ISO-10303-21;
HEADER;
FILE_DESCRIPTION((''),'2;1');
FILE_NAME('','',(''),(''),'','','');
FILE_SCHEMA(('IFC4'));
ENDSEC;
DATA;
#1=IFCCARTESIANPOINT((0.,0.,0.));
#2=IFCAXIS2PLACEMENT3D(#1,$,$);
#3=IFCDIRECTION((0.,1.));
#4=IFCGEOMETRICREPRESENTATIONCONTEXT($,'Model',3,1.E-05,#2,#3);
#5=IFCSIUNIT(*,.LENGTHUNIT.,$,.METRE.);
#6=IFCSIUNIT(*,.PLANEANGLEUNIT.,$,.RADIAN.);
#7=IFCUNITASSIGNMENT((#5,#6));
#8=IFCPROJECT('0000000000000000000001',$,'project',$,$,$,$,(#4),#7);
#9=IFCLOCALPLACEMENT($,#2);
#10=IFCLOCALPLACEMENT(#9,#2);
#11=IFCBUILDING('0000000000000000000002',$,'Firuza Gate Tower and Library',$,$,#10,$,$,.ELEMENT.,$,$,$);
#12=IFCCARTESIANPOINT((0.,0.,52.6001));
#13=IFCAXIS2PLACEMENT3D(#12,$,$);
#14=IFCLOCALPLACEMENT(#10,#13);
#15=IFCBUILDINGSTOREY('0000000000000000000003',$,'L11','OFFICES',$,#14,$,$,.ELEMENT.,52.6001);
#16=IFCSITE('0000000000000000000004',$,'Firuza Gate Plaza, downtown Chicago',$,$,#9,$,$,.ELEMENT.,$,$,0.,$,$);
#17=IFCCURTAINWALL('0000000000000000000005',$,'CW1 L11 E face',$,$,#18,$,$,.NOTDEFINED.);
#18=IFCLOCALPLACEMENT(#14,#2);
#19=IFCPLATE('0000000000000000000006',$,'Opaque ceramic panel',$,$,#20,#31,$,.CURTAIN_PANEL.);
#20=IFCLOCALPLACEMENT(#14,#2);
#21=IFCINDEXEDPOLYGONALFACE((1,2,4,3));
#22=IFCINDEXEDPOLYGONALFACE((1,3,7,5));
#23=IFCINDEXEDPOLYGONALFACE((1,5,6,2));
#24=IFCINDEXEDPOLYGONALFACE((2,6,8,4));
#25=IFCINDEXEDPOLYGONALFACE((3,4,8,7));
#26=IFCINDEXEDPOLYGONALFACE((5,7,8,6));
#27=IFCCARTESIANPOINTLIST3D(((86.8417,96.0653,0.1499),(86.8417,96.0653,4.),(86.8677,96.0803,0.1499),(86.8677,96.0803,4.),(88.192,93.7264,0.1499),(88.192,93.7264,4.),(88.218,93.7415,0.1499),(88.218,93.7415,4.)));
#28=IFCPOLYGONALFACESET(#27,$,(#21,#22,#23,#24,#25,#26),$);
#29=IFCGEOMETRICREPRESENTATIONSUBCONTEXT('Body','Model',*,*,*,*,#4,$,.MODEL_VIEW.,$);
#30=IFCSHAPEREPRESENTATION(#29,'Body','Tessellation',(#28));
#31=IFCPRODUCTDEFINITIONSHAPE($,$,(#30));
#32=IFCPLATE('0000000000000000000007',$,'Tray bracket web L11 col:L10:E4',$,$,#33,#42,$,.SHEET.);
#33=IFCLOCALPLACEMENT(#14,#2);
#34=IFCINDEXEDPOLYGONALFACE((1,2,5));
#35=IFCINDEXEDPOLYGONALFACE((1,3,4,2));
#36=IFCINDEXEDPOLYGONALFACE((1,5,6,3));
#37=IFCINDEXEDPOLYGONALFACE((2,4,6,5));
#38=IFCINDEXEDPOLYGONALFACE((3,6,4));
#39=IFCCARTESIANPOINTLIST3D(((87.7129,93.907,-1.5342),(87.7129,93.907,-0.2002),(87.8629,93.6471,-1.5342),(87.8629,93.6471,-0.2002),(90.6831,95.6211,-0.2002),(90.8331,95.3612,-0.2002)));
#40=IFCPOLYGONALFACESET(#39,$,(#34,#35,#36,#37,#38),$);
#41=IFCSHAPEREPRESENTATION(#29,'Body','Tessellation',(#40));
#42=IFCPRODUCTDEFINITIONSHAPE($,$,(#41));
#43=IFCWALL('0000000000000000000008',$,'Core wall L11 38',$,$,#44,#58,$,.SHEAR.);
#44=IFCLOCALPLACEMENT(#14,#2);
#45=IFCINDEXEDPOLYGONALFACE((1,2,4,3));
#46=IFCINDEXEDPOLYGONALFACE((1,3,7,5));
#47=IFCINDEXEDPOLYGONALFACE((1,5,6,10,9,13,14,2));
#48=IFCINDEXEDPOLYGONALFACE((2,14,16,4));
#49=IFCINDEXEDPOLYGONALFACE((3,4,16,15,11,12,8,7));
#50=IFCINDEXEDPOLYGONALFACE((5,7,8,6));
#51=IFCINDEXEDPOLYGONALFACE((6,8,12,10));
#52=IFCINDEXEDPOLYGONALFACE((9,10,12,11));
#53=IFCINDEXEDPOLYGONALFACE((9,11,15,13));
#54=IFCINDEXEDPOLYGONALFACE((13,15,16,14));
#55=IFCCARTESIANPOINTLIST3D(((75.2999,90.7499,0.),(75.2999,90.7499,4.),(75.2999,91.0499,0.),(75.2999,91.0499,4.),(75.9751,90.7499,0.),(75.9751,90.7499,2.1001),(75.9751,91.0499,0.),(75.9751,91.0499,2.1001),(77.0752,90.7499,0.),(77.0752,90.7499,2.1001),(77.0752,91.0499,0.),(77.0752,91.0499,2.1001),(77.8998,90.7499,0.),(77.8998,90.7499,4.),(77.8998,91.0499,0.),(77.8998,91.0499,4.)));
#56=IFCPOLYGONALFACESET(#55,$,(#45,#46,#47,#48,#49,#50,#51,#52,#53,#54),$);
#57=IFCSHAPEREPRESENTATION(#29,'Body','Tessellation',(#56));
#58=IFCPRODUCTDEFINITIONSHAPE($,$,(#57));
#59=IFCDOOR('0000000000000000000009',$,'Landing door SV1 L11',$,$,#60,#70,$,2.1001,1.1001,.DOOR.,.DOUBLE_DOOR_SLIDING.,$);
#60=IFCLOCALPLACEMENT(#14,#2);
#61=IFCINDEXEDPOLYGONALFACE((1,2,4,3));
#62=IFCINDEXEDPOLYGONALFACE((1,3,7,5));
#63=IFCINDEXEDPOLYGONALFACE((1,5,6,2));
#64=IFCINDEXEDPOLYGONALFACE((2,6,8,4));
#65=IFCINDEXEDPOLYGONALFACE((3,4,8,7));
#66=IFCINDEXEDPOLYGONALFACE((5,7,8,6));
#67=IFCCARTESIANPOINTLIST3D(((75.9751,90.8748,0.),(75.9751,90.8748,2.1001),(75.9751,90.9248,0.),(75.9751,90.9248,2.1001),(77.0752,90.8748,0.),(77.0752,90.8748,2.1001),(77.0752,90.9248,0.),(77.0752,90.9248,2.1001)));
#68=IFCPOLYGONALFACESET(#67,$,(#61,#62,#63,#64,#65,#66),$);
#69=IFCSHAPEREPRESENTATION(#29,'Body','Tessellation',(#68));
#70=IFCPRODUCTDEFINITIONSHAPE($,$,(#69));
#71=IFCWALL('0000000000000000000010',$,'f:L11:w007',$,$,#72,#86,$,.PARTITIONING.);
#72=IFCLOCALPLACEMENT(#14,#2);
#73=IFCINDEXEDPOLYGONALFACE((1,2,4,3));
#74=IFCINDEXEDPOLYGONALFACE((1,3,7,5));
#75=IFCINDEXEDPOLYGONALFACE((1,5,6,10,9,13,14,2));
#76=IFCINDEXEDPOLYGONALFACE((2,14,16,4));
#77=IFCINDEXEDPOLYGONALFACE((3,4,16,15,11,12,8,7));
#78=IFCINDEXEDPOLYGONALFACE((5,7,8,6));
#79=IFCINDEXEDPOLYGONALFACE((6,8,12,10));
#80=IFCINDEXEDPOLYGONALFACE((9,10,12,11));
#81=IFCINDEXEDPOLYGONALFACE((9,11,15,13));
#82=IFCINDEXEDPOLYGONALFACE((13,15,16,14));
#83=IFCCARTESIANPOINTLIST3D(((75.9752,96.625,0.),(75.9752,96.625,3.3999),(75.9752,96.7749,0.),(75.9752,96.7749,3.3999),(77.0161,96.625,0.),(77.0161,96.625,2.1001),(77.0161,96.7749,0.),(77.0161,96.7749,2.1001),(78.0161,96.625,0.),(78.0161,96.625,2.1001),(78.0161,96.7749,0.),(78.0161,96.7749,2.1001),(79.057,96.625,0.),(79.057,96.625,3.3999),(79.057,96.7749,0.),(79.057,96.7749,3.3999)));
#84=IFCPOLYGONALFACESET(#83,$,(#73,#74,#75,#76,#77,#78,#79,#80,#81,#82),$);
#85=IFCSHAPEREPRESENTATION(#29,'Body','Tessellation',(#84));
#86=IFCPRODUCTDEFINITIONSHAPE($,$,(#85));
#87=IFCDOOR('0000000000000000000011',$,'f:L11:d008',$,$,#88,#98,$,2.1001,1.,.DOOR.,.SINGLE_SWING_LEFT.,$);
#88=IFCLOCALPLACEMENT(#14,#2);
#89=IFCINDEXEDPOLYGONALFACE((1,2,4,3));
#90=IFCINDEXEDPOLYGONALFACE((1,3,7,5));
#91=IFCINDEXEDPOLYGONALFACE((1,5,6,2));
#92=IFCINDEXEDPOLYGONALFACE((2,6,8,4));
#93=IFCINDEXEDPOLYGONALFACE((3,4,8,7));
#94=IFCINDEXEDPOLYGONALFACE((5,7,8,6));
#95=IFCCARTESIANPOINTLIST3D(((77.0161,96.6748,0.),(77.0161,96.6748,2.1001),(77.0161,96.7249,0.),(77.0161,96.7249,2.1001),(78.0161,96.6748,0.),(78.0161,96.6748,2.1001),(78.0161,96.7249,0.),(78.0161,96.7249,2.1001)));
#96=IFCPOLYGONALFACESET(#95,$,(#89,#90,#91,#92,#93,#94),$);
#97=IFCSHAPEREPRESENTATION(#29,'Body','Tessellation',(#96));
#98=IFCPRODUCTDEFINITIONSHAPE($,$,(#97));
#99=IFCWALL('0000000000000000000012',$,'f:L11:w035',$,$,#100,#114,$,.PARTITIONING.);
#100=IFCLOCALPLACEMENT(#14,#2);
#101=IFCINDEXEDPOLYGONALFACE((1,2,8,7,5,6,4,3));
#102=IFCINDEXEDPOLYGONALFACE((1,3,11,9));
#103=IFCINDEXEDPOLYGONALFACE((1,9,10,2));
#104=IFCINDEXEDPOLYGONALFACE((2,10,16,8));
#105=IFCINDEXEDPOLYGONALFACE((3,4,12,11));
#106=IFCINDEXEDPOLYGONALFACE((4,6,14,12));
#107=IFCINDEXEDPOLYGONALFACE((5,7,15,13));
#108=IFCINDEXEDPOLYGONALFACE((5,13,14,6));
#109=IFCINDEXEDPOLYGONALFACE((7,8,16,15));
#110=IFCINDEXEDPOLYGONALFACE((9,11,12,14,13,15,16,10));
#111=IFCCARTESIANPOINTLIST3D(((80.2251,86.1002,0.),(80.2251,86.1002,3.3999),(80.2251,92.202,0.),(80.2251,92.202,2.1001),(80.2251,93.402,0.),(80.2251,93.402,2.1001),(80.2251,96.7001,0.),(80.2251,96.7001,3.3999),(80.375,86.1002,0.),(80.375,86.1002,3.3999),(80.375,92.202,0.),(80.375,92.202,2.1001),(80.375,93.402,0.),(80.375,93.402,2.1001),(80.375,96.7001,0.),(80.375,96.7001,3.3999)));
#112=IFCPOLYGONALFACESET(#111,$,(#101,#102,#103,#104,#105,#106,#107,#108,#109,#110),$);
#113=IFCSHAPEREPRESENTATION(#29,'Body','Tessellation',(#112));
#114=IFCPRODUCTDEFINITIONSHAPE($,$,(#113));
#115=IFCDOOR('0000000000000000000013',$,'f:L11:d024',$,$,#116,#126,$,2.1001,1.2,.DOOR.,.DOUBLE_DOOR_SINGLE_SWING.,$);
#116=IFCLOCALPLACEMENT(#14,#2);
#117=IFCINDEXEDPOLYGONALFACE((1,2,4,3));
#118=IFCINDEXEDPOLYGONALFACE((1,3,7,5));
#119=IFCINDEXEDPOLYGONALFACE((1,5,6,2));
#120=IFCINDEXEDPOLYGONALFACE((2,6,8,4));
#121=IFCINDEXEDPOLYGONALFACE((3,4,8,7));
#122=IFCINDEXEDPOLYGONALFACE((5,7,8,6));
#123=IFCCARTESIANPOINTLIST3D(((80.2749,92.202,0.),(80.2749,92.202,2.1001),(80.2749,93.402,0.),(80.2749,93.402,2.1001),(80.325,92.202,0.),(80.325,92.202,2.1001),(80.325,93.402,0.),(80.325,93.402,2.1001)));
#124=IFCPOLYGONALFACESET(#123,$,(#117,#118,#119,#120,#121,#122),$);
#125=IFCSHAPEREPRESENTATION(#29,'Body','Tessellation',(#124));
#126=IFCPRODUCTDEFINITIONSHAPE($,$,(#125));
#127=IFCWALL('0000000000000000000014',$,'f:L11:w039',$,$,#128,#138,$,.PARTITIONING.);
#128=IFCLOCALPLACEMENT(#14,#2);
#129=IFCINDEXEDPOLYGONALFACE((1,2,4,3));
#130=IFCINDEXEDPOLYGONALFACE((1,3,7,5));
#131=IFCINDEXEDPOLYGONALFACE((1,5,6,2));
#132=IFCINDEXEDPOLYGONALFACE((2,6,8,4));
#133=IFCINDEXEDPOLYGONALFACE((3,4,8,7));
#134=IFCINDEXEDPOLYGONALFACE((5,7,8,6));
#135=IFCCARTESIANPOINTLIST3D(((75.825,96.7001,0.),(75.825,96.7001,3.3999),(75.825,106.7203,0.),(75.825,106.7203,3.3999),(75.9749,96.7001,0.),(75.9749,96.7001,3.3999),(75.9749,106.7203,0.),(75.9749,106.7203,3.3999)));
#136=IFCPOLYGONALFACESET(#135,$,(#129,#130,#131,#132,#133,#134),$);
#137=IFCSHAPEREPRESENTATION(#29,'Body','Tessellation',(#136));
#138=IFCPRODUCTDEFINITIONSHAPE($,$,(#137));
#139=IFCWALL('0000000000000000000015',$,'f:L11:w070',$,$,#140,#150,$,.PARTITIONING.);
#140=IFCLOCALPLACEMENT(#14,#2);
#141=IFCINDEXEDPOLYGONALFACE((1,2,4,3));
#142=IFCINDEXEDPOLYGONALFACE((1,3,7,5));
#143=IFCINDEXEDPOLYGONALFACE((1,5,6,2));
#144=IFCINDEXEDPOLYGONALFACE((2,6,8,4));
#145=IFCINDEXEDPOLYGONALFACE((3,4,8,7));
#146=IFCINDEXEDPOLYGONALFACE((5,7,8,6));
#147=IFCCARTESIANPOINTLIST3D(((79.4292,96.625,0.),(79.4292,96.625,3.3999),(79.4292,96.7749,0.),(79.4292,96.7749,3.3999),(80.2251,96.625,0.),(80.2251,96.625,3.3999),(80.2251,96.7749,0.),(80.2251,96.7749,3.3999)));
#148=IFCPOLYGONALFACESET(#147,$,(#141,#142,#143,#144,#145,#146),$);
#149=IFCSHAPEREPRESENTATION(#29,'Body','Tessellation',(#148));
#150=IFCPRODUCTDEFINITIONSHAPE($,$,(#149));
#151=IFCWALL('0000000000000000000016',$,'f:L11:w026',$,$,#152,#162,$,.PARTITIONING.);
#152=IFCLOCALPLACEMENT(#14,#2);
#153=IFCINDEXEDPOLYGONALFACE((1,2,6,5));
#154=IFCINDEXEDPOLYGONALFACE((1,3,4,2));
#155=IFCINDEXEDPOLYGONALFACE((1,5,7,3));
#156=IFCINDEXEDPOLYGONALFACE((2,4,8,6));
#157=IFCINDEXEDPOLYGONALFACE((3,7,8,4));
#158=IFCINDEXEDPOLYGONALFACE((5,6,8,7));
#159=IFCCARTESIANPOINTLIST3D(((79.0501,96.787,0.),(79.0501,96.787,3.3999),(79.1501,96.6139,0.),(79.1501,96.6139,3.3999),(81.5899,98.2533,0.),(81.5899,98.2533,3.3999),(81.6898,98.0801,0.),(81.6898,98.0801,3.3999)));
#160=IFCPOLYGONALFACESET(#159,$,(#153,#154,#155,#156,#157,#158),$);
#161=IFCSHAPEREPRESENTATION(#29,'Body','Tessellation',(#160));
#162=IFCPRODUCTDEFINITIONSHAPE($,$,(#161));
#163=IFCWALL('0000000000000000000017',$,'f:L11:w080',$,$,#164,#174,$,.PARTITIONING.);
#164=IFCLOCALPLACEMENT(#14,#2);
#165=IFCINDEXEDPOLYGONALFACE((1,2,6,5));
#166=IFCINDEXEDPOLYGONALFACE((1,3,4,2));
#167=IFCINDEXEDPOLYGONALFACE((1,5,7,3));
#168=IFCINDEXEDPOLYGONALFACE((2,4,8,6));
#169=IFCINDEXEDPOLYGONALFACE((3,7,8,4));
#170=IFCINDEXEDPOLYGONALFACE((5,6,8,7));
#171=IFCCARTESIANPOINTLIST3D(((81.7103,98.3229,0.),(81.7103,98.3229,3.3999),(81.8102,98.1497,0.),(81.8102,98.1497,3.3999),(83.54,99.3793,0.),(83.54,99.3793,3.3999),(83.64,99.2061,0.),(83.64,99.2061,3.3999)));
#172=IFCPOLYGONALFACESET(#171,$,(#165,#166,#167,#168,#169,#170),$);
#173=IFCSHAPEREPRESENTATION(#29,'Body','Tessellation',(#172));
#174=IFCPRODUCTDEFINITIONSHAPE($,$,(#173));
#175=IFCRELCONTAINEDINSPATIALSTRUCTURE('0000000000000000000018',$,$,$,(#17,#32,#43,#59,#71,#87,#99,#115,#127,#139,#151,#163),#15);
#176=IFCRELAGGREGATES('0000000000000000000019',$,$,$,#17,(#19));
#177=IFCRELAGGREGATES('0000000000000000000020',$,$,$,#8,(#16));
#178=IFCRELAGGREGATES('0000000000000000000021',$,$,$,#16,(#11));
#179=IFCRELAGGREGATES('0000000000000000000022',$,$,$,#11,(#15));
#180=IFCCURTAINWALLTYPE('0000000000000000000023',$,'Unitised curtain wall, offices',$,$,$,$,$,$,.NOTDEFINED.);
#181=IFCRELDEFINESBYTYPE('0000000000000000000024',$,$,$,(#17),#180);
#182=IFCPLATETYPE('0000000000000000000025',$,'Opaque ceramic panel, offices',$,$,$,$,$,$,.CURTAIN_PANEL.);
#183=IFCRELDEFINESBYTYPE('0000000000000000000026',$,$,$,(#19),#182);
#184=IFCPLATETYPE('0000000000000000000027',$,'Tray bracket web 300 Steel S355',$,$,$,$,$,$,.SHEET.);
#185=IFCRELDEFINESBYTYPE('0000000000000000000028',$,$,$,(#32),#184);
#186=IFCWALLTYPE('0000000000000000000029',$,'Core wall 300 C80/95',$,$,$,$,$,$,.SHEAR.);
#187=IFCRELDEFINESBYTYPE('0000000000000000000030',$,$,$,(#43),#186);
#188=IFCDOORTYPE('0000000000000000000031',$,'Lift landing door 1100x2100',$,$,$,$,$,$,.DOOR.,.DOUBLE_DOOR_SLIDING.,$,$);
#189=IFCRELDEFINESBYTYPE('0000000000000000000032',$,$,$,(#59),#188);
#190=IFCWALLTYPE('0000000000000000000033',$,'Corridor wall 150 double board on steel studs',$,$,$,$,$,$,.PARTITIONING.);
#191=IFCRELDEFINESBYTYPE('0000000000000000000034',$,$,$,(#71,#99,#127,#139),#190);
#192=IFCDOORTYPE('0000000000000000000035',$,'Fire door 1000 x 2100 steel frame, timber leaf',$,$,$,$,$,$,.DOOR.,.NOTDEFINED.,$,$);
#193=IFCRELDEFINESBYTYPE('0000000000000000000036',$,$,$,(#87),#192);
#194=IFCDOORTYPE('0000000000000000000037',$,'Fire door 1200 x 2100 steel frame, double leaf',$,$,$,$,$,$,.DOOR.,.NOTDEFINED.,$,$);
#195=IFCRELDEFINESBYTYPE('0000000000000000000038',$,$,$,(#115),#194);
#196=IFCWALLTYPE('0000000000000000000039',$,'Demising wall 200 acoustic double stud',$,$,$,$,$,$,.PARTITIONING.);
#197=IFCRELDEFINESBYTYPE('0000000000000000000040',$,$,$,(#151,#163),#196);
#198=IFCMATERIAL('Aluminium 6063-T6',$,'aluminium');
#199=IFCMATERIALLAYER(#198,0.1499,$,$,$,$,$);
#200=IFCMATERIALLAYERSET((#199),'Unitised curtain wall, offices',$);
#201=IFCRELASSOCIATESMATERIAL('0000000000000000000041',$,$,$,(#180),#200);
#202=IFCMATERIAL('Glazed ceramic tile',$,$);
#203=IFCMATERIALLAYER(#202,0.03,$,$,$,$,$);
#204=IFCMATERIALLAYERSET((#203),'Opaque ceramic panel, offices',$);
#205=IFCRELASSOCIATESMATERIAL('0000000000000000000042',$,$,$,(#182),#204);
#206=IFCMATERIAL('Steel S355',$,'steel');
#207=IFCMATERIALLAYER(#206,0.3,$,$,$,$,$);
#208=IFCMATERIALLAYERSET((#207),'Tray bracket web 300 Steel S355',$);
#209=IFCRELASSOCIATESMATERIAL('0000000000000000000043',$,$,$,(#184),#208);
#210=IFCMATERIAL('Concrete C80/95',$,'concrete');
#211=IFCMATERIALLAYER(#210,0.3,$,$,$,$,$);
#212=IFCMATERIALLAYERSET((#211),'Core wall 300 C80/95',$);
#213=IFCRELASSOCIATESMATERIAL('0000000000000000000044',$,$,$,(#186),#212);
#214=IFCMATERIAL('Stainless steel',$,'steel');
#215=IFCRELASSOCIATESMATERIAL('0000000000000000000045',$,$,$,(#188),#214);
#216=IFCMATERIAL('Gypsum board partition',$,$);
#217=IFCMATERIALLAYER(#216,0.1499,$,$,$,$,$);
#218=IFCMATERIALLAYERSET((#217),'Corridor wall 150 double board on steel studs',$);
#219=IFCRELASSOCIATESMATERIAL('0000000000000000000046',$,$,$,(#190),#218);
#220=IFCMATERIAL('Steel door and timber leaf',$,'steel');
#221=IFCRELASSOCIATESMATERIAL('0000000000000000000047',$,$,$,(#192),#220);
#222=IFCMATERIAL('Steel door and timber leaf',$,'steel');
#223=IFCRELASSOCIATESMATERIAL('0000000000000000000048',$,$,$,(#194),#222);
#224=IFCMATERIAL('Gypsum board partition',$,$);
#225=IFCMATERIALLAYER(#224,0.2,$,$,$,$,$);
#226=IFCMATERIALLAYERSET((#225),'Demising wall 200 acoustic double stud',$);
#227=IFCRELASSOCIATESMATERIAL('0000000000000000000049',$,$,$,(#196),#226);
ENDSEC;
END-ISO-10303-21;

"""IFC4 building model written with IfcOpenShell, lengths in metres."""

from ifc_helpers import new_model, si_unit, direction, frame, frame_2d, origin, place, context, subcontext, project, spatial, polyline, rectangle, outline, extrude, material, layer, layer_set, type_object, element, fill, aggregate, save


model = new_model("IFC4")

# Units and contexts
model_context = context("Model", 3, precision=1e-05, world=origin(), true_north=direction((0.0, 1.0)))
body_context = subcontext(model_context, "Body", "Model", "MODEL_VIEW")
ifc_project = project(units=[si_unit("LENGTHUNIT", "METRE"), si_unit("PLANEANGLEUNIT", "RADIAN")], contexts=[model_context])

# Site, building, storey
site_placement = place(None, origin())
site = spatial("IfcSite", under=ifc_project, at=site_placement, Name="Firuza Gate Plaza, downtown Chicago", CompositionType="ELEMENT", RefElevation=0.0)
building_placement = place(site_placement, origin())
building = spatial("IfcBuilding", under=site, at=building_placement, Name="Firuza Gate Tower and Library", CompositionType="ELEMENT")
storey_placement = place(building_placement, frame((0.0, 0.0, 52.6001)))
storey = spatial("IfcBuildingStorey", under=building, at=storey_placement, Name="L11", Description="OFFICES", CompositionType="ELEMENT", Elevation=52.6001)

# Curtain wall
ifc_material_1 = material(Name="Aluminium 6063-T6", Category="aluminium")
ifc_layer_1 = layer(ifc_material_1, 0.1499)
ifc_layer_set_1 = layer_set([ifc_layer_1], Name="Unitised curtain wall, offices")
curtain_wall_type = type_object("IfcCurtainWallType", Name="Unitised curtain wall, offices", PredefinedType="NOTDEFINED", material=ifc_layer_set_1)
curtain_wall_placement = place(storey_placement, origin())
curtain_wall = element("IfcCurtainWall", 1, at=curtain_wall_placement, inside=storey, type_object=curtain_wall_type, Name="CW1 L11 E face", PredefinedType="NOTDEFINED")

# Plates
ifc_material_2 = material(Name="Glazed ceramic tile")
ifc_layer_2 = layer(ifc_material_2, 0.03)
ifc_layer_set_2 = layer_set([ifc_layer_2], Name="Opaque ceramic panel, offices")
plate_type_1 = type_object("IfcPlateType", Name="Opaque ceramic panel, offices", PredefinedType="CURTAIN_PANEL", material=ifc_layer_set_2)
plate_1_placement = place(storey_placement, frame((88.218, 93.7415, 0.1499), z_axis=(0.866026, 0.499999, 0.0), x_axis=(-0.499999, 0.866026, 0.0)))
plate_1 = element("IfcPlate", 2, at=plate_1_placement, type_object=plate_type_1, Name="Opaque ceramic panel", PredefinedType="CURTAIN_PANEL", context=body_context, shape_type="SweptSolid", body=[
    extrude(outline(polyline([(0.0, 0.0), (2.7007, 0.0), (2.7007, 3.8501), (0.0, 3.8501), (0.0, 0.0)])), origin(), (0.0, 0.0, -1.0), 0.03),
])
aggregate(curtain_wall, [plate_1])
ifc_material_3 = material(Name="Steel S355", Category="steel")
ifc_layer_3 = layer(ifc_material_3, 0.3)
ifc_layer_set_3 = layer_set([ifc_layer_3], Name="Tray bracket web 300 Steel S355")
plate_type_2 = type_object("IfcPlateType", Name="Tray bracket web 300 Steel S355", PredefinedType="SHEET", material=ifc_layer_set_3)
plate_2_placement = place(storey_placement, frame((87.7129, 93.907, -0.2002), z_axis=(-0.499837, 0.866119, 0.0), x_axis=(0.866119, 0.499837, 0.0)))
element("IfcPlate", 3, at=plate_2_placement, inside=storey, type_object=plate_type_2, Name="Tray bracket web L11 col:L10:E4", PredefinedType="SHEET", context=body_context, shape_type="SweptSolid", body=[
    extrude(outline(polyline([(0.0, 0.0), (3.4293, 0.0), (0.0, 1.334), (0.0, 0.0)])), origin(), (0.0, 0.0, -1.0), 0.3),
])

# Walls, openings, doors
ifc_material_4 = material(Name="Concrete C80/95", Category="concrete")
ifc_layer_4 = layer(ifc_material_4, 0.3)
ifc_layer_set_4 = layer_set([ifc_layer_4], Name="Core wall 300 C80/95")
wall_type_1 = type_object("IfcWallType", Name="Core wall 300 C80/95", PredefinedType="SHEAR", material=ifc_layer_set_4)
wall_1_placement = place(storey_placement, frame((75.3, 90.8999, 0.0), z_axis=(0.0, 0.0, 1.0), x_axis=(1.0, 0.0, 0.0)))
wall_1 = element("IfcWall", 4, at=wall_1_placement, inside=storey, type_object=wall_type_1, Name="Core wall L11 38", PredefinedType="SHEAR", context=body_context, shape_type="SweptSolid", body=[
    extrude(rectangle(XDim=2.5999, YDim=0.3, at=frame_2d((1.2998, 0.0))), origin(), (0.0, 0.0, 1.0), 4.0),
])
opening_1_placement = place(wall_1_placement, frame((0.675, 0.0, 0.0)))
opening_1 = element("IfcOpeningElement", 5, at=opening_1_placement, cuts=wall_1, PredefinedType="OPENING", context=body_context, shape_type="SweptSolid", body=[
    extrude(rectangle(XDim=1.1001, YDim=2.1001, at=frame_2d((0.55, 1.05))), frame((0.0, 0.1602, 0.0), z_axis=(0.0, -1.0, 0.0), x_axis=(1.0, 0.0, 0.0)), (0.0, 0.0, 1.0), 0.3201),
])
ifc_material_5 = material(Name="Stainless steel", Category="steel")
door_type_1 = type_object("IfcDoorType", Name="Lift landing door 1100x2100", OperationType="DOUBLE_DOOR_SLIDING", PredefinedType="DOOR", material=ifc_material_5)
door_1_placement = place(opening_1_placement, origin())
door_1 = element("IfcDoor", 6, at=door_1_placement, inside=storey, type_object=door_type_1, Name="Landing door SV1 L11", OperationType="DOUBLE_DOOR_SLIDING", OverallHeight=2.1001, OverallWidth=1.1001, PredefinedType="DOOR", context=body_context, shape_type="SweptSolid", body=[
    extrude(rectangle(XDim=1.1001, YDim=2.1001, at=frame_2d((0.55, 1.05))), frame((0.0, 0.0249, 0.0), z_axis=(0.0, -1.0, 0.0), x_axis=(1.0, 0.0, 0.0)), (0.0, 0.0, 1.0), 0.05),
])
fill(opening_1, door_1)
ifc_material_6 = material(Name="Gypsum board partition")
ifc_layer_5 = layer(ifc_material_6, 0.1499)
ifc_layer_set_5 = layer_set([ifc_layer_5], Name="Corridor wall 150 double board on steel studs")
wall_type_2 = type_object("IfcWallType", Name="Corridor wall 150 double board on steel studs", PredefinedType="PARTITIONING", material=ifc_layer_set_5)
wall_2_placement = place(storey_placement, frame((75.9751, 96.7, 0.0), z_axis=(0.0, 0.0, 1.0), x_axis=(1.0, 0.0, 0.0)))
wall_2 = element("IfcWall", 7, at=wall_2_placement, inside=storey, type_object=wall_type_2, Name="f:L11:w007", PredefinedType="PARTITIONING", context=body_context, shape_type="SweptSolid", body=[
    extrude(rectangle(XDim=3.0818, YDim=0.1499, at=frame_2d((1.541, 0.0))), origin(), (0.0, 0.0, 1.0), 3.3999),
])
opening_2_placement = place(wall_2_placement, frame((1.041, 0.0, 0.0)))
opening_2 = element("IfcOpeningElement", 8, at=opening_2_placement, cuts=wall_2, PredefinedType="OPENING", context=body_context, shape_type="SweptSolid", body=[
    extrude(rectangle(XDim=1.0, YDim=2.1001, at=frame_2d((0.5, 1.05))), frame((0.0, 0.085, 0.0), z_axis=(0.0, -1.0, 0.0), x_axis=(1.0, 0.0, 0.0)), (0.0, 0.0, 1.0), 0.1699),
])
ifc_material_7 = material(Name="Steel door and timber leaf", Category="steel")
door_type_2 = type_object("IfcDoorType", Name="Fire door 1000 x 2100 steel frame, timber leaf", OperationType="NOTDEFINED", PredefinedType="DOOR", material=ifc_material_7)
door_2_placement = place(opening_2_placement, origin())
door_2 = element("IfcDoor", 9, at=door_2_placement, inside=storey, type_object=door_type_2, Name="f:L11:d008", OperationType="SINGLE_SWING_LEFT", OverallHeight=2.1001, OverallWidth=1.0, PredefinedType="DOOR", context=body_context, shape_type="SweptSolid", body=[
    extrude(rectangle(XDim=1.0, YDim=2.1001, at=frame_2d((0.5, 1.05))), frame((0.0, 0.0249, 0.0), z_axis=(0.0, -1.0, 0.0), x_axis=(1.0, 0.0, 0.0)), (0.0, 0.0, 1.0), 0.05),
])
fill(opening_2, door_2)
wall_3_placement = place(storey_placement, frame((80.3, 96.7, 0.0), z_axis=(0.0, 0.0, 1.0), x_axis=(0.0, -1.0, 0.0)))
wall_3 = element("IfcWall", 10, at=wall_3_placement, inside=storey, type_object=wall_type_2, Name="f:L11:w035", PredefinedType="PARTITIONING", context=body_context, shape_type="SweptSolid", body=[
    extrude(rectangle(XDim=10.5999, YDim=0.1499, at=frame_2d((5.2998, 0.0))), origin(), (0.0, 0.0, 1.0), 3.3999),
])
opening_3_placement = place(wall_3_placement, frame((3.2979, 0.0, 0.0)))
opening_3 = element("IfcOpeningElement", 11, at=opening_3_placement, cuts=wall_3, PredefinedType="OPENING", context=body_context, shape_type="SweptSolid", body=[
    extrude(rectangle(XDim=1.2, YDim=2.1001, at=frame_2d((0.6001, 1.05))), frame((0.0, 0.085, 0.0), z_axis=(0.0, -1.0, 0.0), x_axis=(1.0, 0.0, 0.0)), (0.0, 0.0, 1.0), 0.1699),
])
ifc_material_8 = material(Name="Steel door and timber leaf", Category="steel")
door_type_3 = type_object("IfcDoorType", Name="Fire door 1200 x 2100 steel frame, double leaf", OperationType="NOTDEFINED", PredefinedType="DOOR", material=ifc_material_8)
door_3_placement = place(opening_3_placement, origin())
door_3 = element("IfcDoor", 12, at=door_3_placement, inside=storey, type_object=door_type_3, Name="f:L11:d024", OperationType="DOUBLE_DOOR_SINGLE_SWING", OverallHeight=2.1001, OverallWidth=1.2, PredefinedType="DOOR", context=body_context, shape_type="SweptSolid", body=[
    extrude(rectangle(XDim=1.2, YDim=2.1001, at=frame_2d((0.6001, 1.05))), frame((0.0, 0.0249, 0.0), z_axis=(0.0, -1.0, 0.0), x_axis=(1.0, 0.0, 0.0)), (0.0, 0.0, 1.0), 0.05),
])
fill(opening_3, door_3)

# Walls
wall_4_placement = place(storey_placement, frame((75.8999, 96.7, 0.0), z_axis=(0.0, 0.0, 1.0), x_axis=(0.0, 1.0, 0.0)))
element("IfcWall", 13, at=wall_4_placement, inside=storey, type_object=wall_type_2, Name="f:L11:w039", PredefinedType="PARTITIONING", context=body_context, shape_type="SweptSolid", body=[
    extrude(rectangle(XDim=10.0203, YDim=0.1499, at=frame_2d((5.0103, 0.0))), origin(), (0.0, 0.0, 1.0), 3.3999),
])
wall_5_placement = place(storey_placement, frame((79.4292, 96.7, 0.0), z_axis=(0.0, 0.0, 1.0), x_axis=(1.0, 0.0, 0.0)))
element("IfcWall", 14, at=wall_5_placement, inside=storey, type_object=wall_type_2, Name="f:L11:w070", PredefinedType="PARTITIONING", context=body_context, shape_type="SweptSolid", body=[
    extrude(rectangle(XDim=0.7959, YDim=0.1499, at=frame_2d((0.3979, 0.0))), origin(), (0.0, 0.0, 1.0), 3.3999),
])
ifc_material_9 = material(Name="Gypsum board partition")
ifc_layer_6 = layer(ifc_material_9, 0.2)
ifc_layer_set_6 = layer_set([ifc_layer_6], Name="Demising wall 200 acoustic double stud")
wall_type_3 = type_object("IfcWallType", Name="Demising wall 200 acoustic double stud", PredefinedType="PARTITIONING", material=ifc_layer_set_6)
wall_6_placement = place(storey_placement, frame((79.1001, 96.7004, 0.0), z_axis=(0.0, 0.0, 1.0), x_axis=(0.866032, 0.499989, 0.0)))
element("IfcWall", 15, at=wall_6_placement, inside=storey, type_object=wall_type_3, Name="f:L11:w026", PredefinedType="PARTITIONING", context=body_context, shape_type="SweptSolid", body=[
    extrude(rectangle(XDim=2.9326, YDim=0.2, at=frame_2d((1.4663, 0.0))), origin(), (0.0, 0.0, 1.0), 3.3999),
])
wall_7_placement = place(storey_placement, frame((81.7603, 98.2363, 0.0), z_axis=(0.0, 0.0, 1.0), x_axis=(0.866037, 0.499979, 0.0)))
element("IfcWall", 16, at=wall_7_placement, inside=storey, type_object=wall_type_3, Name="f:L11:w080", PredefinedType="PARTITIONING", context=body_context, shape_type="SweptSolid", body=[
    extrude(rectangle(XDim=2.1128, YDim=0.2, at=frame_2d((1.0564, 0.0))), origin(), (0.0, 0.0, 1.0), 3.3999),
])

save(model, "model.ifc")
